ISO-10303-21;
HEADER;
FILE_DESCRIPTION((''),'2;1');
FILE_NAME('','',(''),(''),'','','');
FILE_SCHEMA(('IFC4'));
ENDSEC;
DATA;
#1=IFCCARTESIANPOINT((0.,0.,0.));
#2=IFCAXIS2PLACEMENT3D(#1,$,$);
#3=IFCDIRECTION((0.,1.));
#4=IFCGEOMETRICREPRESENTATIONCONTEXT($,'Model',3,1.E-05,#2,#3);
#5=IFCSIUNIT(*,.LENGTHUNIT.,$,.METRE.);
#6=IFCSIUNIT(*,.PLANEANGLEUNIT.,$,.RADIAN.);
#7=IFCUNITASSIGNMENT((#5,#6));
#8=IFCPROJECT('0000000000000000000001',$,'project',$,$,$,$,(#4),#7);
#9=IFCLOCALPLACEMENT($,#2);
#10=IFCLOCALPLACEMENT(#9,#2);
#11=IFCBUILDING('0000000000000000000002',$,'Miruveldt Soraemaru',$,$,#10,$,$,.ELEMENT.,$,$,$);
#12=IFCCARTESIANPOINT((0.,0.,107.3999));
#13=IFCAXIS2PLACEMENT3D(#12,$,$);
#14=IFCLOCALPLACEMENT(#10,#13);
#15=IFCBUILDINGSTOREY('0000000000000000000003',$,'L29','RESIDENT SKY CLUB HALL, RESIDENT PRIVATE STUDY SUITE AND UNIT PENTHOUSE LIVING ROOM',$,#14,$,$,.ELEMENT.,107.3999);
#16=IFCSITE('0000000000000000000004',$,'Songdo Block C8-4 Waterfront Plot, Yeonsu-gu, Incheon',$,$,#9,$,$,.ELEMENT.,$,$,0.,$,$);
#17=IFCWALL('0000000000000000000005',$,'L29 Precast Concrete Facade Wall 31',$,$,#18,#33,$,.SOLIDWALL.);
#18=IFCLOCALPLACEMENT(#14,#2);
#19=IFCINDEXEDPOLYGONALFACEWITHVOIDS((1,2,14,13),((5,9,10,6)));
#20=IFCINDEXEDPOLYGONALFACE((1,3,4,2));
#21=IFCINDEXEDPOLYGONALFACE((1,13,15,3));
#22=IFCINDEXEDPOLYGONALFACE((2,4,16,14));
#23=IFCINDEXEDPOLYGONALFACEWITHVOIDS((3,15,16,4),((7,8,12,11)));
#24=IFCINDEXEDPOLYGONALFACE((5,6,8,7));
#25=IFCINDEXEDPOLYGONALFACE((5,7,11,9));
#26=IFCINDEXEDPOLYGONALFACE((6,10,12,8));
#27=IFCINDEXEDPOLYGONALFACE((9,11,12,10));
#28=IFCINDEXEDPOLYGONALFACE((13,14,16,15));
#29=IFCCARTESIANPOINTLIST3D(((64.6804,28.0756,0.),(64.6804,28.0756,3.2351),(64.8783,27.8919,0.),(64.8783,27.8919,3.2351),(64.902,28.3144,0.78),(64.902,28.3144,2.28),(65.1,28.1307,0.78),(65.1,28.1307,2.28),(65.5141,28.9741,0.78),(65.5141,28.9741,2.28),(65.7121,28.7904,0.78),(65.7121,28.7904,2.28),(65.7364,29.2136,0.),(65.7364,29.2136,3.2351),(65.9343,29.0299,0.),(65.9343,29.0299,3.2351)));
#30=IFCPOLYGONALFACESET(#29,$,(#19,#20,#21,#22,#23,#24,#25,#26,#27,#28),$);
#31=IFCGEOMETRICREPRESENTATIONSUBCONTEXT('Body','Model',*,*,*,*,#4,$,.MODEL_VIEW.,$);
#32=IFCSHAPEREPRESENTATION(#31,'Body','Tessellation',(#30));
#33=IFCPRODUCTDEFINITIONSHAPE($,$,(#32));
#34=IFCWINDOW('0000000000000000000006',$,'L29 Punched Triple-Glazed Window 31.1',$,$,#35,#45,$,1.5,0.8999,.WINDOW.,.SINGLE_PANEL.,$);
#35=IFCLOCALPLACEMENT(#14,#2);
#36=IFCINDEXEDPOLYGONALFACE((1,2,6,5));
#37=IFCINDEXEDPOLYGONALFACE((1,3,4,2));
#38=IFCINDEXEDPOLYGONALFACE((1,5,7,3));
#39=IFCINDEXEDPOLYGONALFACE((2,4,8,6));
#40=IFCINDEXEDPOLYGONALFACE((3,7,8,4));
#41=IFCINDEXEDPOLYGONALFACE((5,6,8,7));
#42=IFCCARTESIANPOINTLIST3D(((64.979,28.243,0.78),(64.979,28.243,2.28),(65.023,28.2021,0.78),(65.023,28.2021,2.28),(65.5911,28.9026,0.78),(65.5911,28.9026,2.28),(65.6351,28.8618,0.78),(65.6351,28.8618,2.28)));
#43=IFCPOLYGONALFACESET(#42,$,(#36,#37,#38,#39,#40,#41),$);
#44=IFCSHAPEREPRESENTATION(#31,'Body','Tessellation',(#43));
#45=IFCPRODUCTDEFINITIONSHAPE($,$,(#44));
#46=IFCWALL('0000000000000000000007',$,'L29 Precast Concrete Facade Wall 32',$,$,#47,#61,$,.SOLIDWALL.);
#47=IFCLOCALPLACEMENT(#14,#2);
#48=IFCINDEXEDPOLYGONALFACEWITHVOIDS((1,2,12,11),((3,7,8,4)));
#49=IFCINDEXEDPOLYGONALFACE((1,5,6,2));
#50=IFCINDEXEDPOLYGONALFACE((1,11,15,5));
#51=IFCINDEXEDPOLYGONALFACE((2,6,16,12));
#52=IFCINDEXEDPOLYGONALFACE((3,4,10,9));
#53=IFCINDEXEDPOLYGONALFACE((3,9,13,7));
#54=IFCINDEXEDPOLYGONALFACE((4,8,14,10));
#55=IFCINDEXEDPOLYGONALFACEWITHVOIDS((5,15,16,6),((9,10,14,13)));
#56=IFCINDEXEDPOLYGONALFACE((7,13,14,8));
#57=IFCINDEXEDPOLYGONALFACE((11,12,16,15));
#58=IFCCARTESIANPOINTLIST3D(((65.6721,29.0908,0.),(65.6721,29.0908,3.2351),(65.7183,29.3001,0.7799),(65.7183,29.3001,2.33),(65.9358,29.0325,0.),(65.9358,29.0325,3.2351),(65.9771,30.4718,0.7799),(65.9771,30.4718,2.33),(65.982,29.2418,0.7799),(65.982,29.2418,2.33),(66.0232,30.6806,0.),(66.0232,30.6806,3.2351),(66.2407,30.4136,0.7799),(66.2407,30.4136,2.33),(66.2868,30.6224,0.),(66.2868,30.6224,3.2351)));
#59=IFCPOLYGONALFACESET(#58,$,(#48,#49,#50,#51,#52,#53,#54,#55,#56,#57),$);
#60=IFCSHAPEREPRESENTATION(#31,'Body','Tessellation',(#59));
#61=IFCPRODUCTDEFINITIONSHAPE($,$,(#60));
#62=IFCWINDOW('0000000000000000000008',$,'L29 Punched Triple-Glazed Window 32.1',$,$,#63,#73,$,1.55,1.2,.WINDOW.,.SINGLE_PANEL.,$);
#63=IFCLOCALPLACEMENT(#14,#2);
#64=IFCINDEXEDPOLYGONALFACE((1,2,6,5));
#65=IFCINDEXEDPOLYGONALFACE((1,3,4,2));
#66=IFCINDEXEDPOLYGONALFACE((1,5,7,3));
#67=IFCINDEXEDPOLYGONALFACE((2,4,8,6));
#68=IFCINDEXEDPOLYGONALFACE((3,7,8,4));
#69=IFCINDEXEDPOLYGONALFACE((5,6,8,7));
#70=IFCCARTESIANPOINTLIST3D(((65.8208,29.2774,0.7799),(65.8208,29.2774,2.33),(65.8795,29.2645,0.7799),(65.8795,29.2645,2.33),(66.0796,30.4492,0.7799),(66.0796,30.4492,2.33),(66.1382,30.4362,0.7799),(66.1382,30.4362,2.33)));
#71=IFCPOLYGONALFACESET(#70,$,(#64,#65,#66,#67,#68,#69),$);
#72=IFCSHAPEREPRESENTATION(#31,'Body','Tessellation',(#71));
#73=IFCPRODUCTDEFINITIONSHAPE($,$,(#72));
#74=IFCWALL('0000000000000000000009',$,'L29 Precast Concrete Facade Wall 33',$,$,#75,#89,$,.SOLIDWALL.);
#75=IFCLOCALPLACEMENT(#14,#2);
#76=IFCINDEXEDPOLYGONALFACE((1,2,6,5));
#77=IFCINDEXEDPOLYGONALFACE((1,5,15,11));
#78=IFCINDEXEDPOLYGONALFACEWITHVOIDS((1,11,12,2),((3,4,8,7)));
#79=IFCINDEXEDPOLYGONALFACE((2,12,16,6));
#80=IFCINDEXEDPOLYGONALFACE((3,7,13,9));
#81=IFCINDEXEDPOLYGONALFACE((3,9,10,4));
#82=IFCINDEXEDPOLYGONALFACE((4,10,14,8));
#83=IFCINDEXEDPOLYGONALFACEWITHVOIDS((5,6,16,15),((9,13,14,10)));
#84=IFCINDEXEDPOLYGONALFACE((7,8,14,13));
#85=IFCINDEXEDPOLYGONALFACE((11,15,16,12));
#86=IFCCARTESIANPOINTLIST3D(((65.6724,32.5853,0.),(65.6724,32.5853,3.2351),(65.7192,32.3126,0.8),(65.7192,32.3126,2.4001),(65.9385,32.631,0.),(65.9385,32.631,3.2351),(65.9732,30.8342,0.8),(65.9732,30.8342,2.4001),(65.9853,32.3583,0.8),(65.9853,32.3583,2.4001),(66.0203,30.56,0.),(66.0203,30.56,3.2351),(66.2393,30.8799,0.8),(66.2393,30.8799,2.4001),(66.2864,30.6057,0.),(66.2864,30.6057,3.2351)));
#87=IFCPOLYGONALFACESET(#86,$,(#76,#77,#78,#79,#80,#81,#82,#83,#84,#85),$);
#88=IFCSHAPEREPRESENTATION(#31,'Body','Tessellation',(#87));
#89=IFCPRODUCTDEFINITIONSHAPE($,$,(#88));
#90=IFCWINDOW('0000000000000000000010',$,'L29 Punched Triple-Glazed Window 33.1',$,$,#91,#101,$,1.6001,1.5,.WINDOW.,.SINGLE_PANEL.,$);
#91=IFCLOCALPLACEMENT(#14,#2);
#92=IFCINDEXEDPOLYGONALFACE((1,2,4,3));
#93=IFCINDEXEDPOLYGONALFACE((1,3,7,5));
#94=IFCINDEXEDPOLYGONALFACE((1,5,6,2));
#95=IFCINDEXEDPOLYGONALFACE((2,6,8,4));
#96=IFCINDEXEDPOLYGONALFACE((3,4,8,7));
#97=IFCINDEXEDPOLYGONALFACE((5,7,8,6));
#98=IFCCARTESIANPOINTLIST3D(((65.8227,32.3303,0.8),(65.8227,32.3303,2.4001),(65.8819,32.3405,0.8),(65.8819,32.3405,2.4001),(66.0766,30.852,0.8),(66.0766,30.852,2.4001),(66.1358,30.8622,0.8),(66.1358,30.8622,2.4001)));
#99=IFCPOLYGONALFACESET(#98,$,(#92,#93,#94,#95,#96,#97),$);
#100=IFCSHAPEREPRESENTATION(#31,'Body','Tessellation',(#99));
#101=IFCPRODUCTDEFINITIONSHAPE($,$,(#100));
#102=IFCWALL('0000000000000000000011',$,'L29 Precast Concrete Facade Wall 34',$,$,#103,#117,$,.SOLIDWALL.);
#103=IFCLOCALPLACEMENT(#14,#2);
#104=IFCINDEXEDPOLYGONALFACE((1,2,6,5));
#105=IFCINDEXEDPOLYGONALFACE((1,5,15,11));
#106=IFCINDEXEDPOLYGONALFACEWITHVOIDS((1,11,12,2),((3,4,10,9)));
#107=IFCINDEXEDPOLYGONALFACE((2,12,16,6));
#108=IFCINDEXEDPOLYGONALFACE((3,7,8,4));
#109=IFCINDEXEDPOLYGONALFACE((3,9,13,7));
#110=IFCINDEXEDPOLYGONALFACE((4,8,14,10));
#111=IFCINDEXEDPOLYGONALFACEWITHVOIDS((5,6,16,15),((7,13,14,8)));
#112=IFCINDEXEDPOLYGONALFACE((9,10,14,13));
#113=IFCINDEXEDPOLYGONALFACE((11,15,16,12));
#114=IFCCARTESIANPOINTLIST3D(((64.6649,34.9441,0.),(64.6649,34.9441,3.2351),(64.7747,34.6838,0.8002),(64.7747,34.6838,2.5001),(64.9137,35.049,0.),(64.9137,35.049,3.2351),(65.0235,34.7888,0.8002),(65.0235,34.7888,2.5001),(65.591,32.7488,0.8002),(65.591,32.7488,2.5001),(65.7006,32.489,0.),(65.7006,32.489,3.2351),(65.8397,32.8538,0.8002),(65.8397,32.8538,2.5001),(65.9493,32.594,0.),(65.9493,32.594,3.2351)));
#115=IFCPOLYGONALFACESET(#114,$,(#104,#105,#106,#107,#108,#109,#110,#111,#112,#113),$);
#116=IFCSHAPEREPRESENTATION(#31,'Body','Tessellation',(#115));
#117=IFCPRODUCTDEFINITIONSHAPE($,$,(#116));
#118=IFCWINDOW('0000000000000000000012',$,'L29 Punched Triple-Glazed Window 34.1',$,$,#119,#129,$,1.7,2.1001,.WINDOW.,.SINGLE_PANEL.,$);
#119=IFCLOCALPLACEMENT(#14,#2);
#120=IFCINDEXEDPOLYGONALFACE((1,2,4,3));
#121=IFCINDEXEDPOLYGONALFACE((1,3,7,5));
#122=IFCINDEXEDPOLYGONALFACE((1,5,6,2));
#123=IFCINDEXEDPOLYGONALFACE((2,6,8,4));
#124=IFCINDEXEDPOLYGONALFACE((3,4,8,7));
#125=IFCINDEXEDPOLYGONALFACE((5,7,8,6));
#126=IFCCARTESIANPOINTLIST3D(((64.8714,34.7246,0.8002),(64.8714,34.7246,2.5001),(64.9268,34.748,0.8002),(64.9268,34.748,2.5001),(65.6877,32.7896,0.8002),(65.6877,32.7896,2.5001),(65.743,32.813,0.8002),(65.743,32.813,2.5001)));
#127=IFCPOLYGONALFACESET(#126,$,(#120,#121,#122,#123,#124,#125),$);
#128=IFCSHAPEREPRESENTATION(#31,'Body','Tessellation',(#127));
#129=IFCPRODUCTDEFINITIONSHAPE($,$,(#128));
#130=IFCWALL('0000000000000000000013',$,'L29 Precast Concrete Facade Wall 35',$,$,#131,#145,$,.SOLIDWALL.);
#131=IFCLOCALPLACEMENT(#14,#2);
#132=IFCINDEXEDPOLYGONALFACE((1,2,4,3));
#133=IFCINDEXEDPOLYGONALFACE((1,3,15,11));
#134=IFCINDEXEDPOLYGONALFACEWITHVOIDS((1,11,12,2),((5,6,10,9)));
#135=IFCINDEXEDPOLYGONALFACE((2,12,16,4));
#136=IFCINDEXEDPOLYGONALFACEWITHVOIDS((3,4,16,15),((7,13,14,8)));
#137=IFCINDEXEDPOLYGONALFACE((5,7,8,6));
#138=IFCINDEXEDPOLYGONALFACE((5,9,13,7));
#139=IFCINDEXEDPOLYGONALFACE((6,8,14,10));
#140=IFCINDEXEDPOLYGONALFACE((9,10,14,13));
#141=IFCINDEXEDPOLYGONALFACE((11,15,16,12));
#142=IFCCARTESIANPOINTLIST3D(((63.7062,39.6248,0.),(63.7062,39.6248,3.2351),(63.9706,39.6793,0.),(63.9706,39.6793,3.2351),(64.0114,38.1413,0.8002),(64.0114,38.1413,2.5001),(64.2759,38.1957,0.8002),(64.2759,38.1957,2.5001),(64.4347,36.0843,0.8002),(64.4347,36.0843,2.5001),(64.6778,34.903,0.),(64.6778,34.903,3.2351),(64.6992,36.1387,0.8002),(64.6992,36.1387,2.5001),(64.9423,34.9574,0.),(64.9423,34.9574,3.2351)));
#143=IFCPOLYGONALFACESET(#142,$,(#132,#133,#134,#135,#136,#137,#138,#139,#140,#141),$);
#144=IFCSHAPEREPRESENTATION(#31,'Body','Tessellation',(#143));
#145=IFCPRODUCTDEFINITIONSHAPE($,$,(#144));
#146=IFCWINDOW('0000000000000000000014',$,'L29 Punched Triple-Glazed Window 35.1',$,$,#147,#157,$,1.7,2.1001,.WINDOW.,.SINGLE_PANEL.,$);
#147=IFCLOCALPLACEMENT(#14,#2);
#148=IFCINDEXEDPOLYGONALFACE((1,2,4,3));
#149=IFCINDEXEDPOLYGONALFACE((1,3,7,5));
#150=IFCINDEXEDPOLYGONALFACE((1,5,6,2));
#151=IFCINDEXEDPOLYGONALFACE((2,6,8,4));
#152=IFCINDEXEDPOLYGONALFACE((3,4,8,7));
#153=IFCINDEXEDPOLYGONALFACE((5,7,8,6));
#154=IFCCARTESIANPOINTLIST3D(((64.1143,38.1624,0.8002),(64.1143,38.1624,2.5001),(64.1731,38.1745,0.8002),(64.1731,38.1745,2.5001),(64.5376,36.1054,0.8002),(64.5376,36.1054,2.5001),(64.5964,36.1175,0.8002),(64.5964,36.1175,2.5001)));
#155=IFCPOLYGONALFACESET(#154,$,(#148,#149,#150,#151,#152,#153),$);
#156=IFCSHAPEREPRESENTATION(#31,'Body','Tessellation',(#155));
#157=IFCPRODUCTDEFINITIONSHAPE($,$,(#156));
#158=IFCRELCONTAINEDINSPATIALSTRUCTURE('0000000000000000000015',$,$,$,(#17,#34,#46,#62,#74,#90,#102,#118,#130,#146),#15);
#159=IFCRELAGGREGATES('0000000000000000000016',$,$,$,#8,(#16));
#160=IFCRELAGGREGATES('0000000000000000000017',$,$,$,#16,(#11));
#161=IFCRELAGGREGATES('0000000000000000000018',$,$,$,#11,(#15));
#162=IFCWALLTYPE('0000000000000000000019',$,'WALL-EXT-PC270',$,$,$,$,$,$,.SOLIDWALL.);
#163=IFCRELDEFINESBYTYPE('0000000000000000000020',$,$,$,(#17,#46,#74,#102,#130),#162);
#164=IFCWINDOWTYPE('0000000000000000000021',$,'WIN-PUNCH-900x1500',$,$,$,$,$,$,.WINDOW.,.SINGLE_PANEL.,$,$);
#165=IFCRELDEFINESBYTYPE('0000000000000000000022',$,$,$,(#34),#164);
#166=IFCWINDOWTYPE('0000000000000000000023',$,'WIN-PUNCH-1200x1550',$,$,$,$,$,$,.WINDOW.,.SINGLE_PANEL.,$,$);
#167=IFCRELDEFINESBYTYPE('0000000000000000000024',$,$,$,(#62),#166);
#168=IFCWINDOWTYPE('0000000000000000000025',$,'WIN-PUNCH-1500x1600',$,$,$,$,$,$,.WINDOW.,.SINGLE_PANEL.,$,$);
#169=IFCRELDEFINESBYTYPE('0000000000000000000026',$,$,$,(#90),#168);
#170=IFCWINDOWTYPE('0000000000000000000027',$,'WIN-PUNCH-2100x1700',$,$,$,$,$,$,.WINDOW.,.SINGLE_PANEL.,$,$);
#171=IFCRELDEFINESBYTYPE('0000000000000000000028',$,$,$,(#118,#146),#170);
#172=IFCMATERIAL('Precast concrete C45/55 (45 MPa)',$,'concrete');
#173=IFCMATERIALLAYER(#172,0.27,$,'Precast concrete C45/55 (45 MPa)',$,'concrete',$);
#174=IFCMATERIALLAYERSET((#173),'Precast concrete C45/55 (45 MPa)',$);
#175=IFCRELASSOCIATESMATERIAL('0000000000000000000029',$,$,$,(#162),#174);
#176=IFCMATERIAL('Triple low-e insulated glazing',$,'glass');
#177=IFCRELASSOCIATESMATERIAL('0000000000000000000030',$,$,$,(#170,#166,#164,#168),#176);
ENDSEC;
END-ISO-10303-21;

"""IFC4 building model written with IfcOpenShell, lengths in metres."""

from ifc_helpers import new_model, si_unit, direction, frame, frame_2d, origin, place, context, subcontext, project, spatial, rectangle, extrude, material, layer, layer_set, type_object, element, fill, save


model = new_model("IFC4")

# Units and contexts
model_context = context("Model", 3, precision=1e-05, world=origin(), true_north=direction((0.0, 1.0)))
body_context = subcontext(model_context, "Body", "Model", "MODEL_VIEW")
ifc_project = project(units=[si_unit("LENGTHUNIT", "METRE"), si_unit("PLANEANGLEUNIT", "RADIAN")], contexts=[model_context])

# Site, building, storey
site_placement = place(None, origin())
site = spatial("IfcSite", under=ifc_project, at=site_placement, Name="Songdo Block C8-4 Waterfront Plot, Yeonsu-gu, Incheon", CompositionType="ELEMENT", RefElevation=0.0)
building_placement = place(site_placement, origin())
building = spatial("IfcBuilding", under=site, at=building_placement, Name="Miruveldt Soraemaru", CompositionType="ELEMENT")
storey_placement = place(building_placement, frame((0.0, 0.0, 107.3999)))
storey = spatial("IfcBuildingStorey", under=building, at=storey_placement, Name="L29", Description="RESIDENT SKY CLUB HALL, RESIDENT PRIVATE STUDY SUITE AND UNIT PENTHOUSE LIVING ROOM", CompositionType="ELEMENT", Elevation=107.3999)

# Walls, openings, windows
ifc_material_1 = material(Name="Precast concrete C45/55 (45 MPa)", Category="concrete")
ifc_layer_1 = layer(ifc_material_1, 0.27, Name="Precast concrete C45/55 (45 MPa)", Category="concrete")
ifc_layer_set_1 = layer_set([ifc_layer_1], Name="Precast concrete C45/55 (45 MPa)")
wall_type_1 = type_object("IfcWallType", Name="WALL-EXT-PC270", PredefinedType="SOLIDWALL", material=ifc_layer_set_1)
ifc_material_2 = material(Name="Triple low-e insulated glazing", Category="glass")
window_type_1 = type_object("IfcWindowType", Name="WIN-PUNCH-2100x1700", PartitioningType="SINGLE_PANEL", PredefinedType="WINDOW", material=ifc_material_2)
window_type_2 = type_object("IfcWindowType", Name="WIN-PUNCH-1200x1550", PartitioningType="SINGLE_PANEL", PredefinedType="WINDOW", material=ifc_material_2)
wall_1_placement = place(storey_placement, frame((64.7793, 27.9836, 0.0), z_axis=(0.0, 0.0, 1.0), x_axis=(0.680192, 0.733034, 0.0)))
wall_1 = element("IfcWall", 1, at=wall_1_placement, inside=storey, type_object=wall_type_1, Name="L29 Precast Concrete Facade Wall 31", PredefinedType="SOLIDWALL", context=body_context, shape_type="SweptSolid", body=[
    extrude(rectangle(XDim=1.5525, YDim=0.27, at=frame_2d((0.7764, 0.0))), origin(), (0.0, 0.0, 1.0), 3.2351),
])
opening_1_placement = place(wall_1_placement, frame((0.3259, 0.0, 0.78)))
opening_1 = element("IfcOpeningElement", 2, at=opening_1_placement, cuts=wall_1, PredefinedType="OPENING", context=body_context, shape_type="SweptSolid", body=[
    extrude(rectangle(XDim=0.8999, YDim=1.5, at=frame_2d((0.45, 0.75))), frame((0.0, 0.145, 0.0), z_axis=(0.0, -1.0, 0.0), x_axis=(1.0, 0.0, 0.0)), (0.0, 0.0, 1.0), 0.29),
])
window_type_3 = type_object("IfcWindowType", Name="WIN-PUNCH-900x1500", PartitioningType="SINGLE_PANEL", PredefinedType="WINDOW", material=ifc_material_2)
window_1_placement = place(opening_1_placement, origin())
window_1 = element("IfcWindow", 3, at=window_1_placement, inside=storey, type_object=window_type_3, Name="L29 Punched Triple-Glazed Window 31.1", OverallHeight=1.5, OverallWidth=0.8999, PartitioningType="SINGLE_PANEL", PredefinedType="WINDOW", context=body_context, shape_type="SweptSolid", body=[
    extrude(rectangle(XDim=0.8999, YDim=1.5, at=frame_2d((0.45, 0.75))), frame((0.0, 0.03, 0.0), z_axis=(0.0, -1.0, 0.0), x_axis=(1.0, 0.0, 0.0)), (0.0, 0.0, 1.0), 0.0601),
])
fill(opening_1, window_1)
wall_2_placement = place(storey_placement, frame((65.804, 29.0618, 0.0), z_axis=(0.0, 0.0, 1.0), x_axis=(0.215628, 0.976476, 0.0)))
wall_2 = element("IfcWall", 4, at=wall_2_placement, inside=storey, type_object=wall_type_1, Name="L29 Precast Concrete Facade Wall 32", PredefinedType="SOLIDWALL", context=body_context, shape_type="SweptSolid", body=[
    extrude(rectangle(XDim=1.6282, YDim=0.27, at=frame_2d((0.814, 0.0))), origin(), (0.0, 0.0, 1.0), 3.2351),
])
opening_2_placement = place(wall_2_placement, frame((0.2141, 0.0, 0.78)))
opening_2 = element("IfcOpeningElement", 5, at=opening_2_placement, cuts=wall_2, PredefinedType="OPENING", context=body_context, shape_type="SweptSolid", body=[
    extrude(rectangle(XDim=1.2, YDim=1.55, at=frame_2d((0.6001, 0.7749))), frame((0.0, 0.145, 0.0), z_axis=(0.0, -1.0, 0.0), x_axis=(1.0, 0.0, 0.0)), (0.0, 0.0, 1.0), 0.29),
])
window_2_placement = place(opening_2_placement, origin())
window_2 = element("IfcWindow", 6, at=window_2_placement, inside=storey, type_object=window_type_2, Name="L29 Punched Triple-Glazed Window 32.1", OverallHeight=1.55, OverallWidth=1.2, PartitioningType="SINGLE_PANEL", PredefinedType="WINDOW", context=body_context, shape_type="SweptSolid", body=[
    extrude(rectangle(XDim=1.2, YDim=1.55, at=frame_2d((0.6001, 0.7749))), frame((0.0, 0.03, 0.0), z_axis=(0.0, -1.0, 0.0), x_axis=(1.0, 0.0, 0.0)), (0.0, 0.0, 1.0), 0.0601),
])
fill(opening_2, window_2)
wall_3_placement = place(storey_placement, frame((66.1533, 30.583, 0.0), z_axis=(0.0, 0.0, 1.0), x_axis=(-0.16931, 0.985563, 0.0)))
wall_3 = element("IfcWall", 7, at=wall_3_placement, inside=storey, type_object=wall_type_1, Name="L29 Precast Concrete Facade Wall 33", PredefinedType="SOLIDWALL", context=body_context, shape_type="SweptSolid", body=[
    extrude(rectangle(XDim=2.0549, YDim=0.27, at=frame_2d((1.0273, 0.0))), origin(), (0.0, 0.0, 1.0), 3.2351),
])
opening_3_placement = place(wall_3_placement, frame((0.2781, 0.0, 0.8)))
opening_3 = element("IfcOpeningElement", 8, at=opening_3_placement, cuts=wall_3, PredefinedType="OPENING", context=body_context, shape_type="SweptSolid", body=[
    extrude(rectangle(XDim=1.5, YDim=1.6001, at=frame_2d((0.75, 0.8))), frame((0.0, 0.145, 0.0), z_axis=(0.0, -1.0, 0.0), x_axis=(1.0, 0.0, 0.0)), (0.0, 0.0, 1.0), 0.29),
])
window_type_4 = type_object("IfcWindowType", Name="WIN-PUNCH-1500x1600", PartitioningType="SINGLE_PANEL", PredefinedType="WINDOW", material=ifc_material_2)
window_3_placement = place(opening_3_placement, origin())
window_3 = element("IfcWindow", 9, at=window_3_placement, inside=storey, type_object=window_type_4, Name="L29 Punched Triple-Glazed Window 33.1", OverallHeight=1.6001, OverallWidth=1.5, PartitioningType="SINGLE_PANEL", PredefinedType="WINDOW", context=body_context, shape_type="SweptSolid", body=[
    extrude(rectangle(XDim=1.5, YDim=1.6001, at=frame_2d((0.75, 0.8))), frame((0.0, 0.03, 0.0), z_axis=(0.0, -1.0, 0.0), x_axis=(1.0, 0.0, 0.0)), (0.0, 0.0, 1.0), 0.0601),
])
fill(opening_3, window_3)
wall_4_placement = place(storey_placement, frame((65.825, 32.5415, 0.0), z_axis=(0.0, 0.0, 1.0), x_axis=(-0.388671, 0.921376, 0.0)))
wall_4 = element("IfcWall", 10, at=wall_4_placement, inside=storey, type_object=wall_type_1, Name="L29 Precast Concrete Facade Wall 34", PredefinedType="SOLIDWALL", context=body_context, shape_type="SweptSolid", body=[
    extrude(rectangle(XDim=2.6646, YDim=0.27, at=frame_2d((1.3323, 0.0))), origin(), (0.0, 0.0, 1.0), 3.2351),
])
opening_4_placement = place(wall_4_placement, frame((0.282, 0.0, 0.8)))
opening_4 = element("IfcOpeningElement", 11, at=opening_4_placement, cuts=wall_4, PredefinedType="OPENING", context=body_context, shape_type="SweptSolid", body=[
    extrude(rectangle(XDim=2.1001, YDim=1.7, at=frame_2d((1.05, 0.8501))), frame((0.0, 0.145, 0.0), z_axis=(0.0, -1.0, 0.0), x_axis=(1.0, 0.0, 0.0)), (0.0, 0.0, 1.0), 0.29),
])
window_4_placement = place(opening_4_placement, origin())
window_4 = element("IfcWindow", 12, at=window_4_placement, inside=storey, type_object=window_type_1, Name="L29 Punched Triple-Glazed Window 34.1", OverallHeight=1.7, OverallWidth=2.1001, PartitioningType="SINGLE_PANEL", PredefinedType="WINDOW", context=body_context, shape_type="SweptSolid", body=[
    extrude(rectangle(XDim=2.1001, YDim=1.7, at=frame_2d((1.05, 0.8501))), frame((0.0, 0.03, 0.0), z_axis=(0.0, -1.0, 0.0), x_axis=(1.0, 0.0, 0.0)), (0.0, 0.0, 1.0), 0.0601),
])
fill(opening_4, window_4)
wall_5_placement = place(storey_placement, frame((64.8101, 34.9302, 0.0), z_axis=(0.0, 0.0, 1.0), x_axis=(-0.201557, 0.979477, 0.0)))
wall_5 = element("IfcWall", 13, at=wall_5_placement, inside=storey, type_object=wall_type_1, Name="L29 Precast Concrete Facade Wall 35", PredefinedType="SOLIDWALL", context=body_context, shape_type="SweptSolid", body=[
    extrude(rectangle(XDim=4.8208, YDim=0.27, at=frame_2d((2.4104, 0.0))), origin(), (0.0, 0.0, 1.0), 3.2351),
])
opening_5_placement = place(wall_5_placement, frame((1.2061, 0.0, 0.8)))
opening_5 = element("IfcOpeningElement", 14, at=opening_5_placement, cuts=wall_5, PredefinedType="OPENING", context=body_context, shape_type="SweptSolid", body=[
    extrude(rectangle(XDim=2.1001, YDim=1.7, at=frame_2d((1.05, 0.8501))), frame((0.0, 0.145, 0.0), z_axis=(0.0, -1.0, 0.0), x_axis=(1.0, 0.0, 0.0)), (0.0, 0.0, 1.0), 0.29),
])
window_5_placement = place(opening_5_placement, origin())
window_5 = element("IfcWindow", 15, at=window_5_placement, inside=storey, type_object=window_type_1, Name="L29 Punched Triple-Glazed Window 35.1", OverallHeight=1.7, OverallWidth=2.1001, PartitioningType="SINGLE_PANEL", PredefinedType="WINDOW", context=body_context, shape_type="SweptSolid", body=[
    extrude(rectangle(XDim=2.1001, YDim=1.7, at=frame_2d((1.05, 0.8501))), frame((0.0, 0.03, 0.0), z_axis=(0.0, -1.0, 0.0), x_axis=(1.0, 0.0, 0.0)), (0.0, 0.0, 1.0), 0.0601),
])
fill(opening_5, window_5)

save(model, "model.ifc")
